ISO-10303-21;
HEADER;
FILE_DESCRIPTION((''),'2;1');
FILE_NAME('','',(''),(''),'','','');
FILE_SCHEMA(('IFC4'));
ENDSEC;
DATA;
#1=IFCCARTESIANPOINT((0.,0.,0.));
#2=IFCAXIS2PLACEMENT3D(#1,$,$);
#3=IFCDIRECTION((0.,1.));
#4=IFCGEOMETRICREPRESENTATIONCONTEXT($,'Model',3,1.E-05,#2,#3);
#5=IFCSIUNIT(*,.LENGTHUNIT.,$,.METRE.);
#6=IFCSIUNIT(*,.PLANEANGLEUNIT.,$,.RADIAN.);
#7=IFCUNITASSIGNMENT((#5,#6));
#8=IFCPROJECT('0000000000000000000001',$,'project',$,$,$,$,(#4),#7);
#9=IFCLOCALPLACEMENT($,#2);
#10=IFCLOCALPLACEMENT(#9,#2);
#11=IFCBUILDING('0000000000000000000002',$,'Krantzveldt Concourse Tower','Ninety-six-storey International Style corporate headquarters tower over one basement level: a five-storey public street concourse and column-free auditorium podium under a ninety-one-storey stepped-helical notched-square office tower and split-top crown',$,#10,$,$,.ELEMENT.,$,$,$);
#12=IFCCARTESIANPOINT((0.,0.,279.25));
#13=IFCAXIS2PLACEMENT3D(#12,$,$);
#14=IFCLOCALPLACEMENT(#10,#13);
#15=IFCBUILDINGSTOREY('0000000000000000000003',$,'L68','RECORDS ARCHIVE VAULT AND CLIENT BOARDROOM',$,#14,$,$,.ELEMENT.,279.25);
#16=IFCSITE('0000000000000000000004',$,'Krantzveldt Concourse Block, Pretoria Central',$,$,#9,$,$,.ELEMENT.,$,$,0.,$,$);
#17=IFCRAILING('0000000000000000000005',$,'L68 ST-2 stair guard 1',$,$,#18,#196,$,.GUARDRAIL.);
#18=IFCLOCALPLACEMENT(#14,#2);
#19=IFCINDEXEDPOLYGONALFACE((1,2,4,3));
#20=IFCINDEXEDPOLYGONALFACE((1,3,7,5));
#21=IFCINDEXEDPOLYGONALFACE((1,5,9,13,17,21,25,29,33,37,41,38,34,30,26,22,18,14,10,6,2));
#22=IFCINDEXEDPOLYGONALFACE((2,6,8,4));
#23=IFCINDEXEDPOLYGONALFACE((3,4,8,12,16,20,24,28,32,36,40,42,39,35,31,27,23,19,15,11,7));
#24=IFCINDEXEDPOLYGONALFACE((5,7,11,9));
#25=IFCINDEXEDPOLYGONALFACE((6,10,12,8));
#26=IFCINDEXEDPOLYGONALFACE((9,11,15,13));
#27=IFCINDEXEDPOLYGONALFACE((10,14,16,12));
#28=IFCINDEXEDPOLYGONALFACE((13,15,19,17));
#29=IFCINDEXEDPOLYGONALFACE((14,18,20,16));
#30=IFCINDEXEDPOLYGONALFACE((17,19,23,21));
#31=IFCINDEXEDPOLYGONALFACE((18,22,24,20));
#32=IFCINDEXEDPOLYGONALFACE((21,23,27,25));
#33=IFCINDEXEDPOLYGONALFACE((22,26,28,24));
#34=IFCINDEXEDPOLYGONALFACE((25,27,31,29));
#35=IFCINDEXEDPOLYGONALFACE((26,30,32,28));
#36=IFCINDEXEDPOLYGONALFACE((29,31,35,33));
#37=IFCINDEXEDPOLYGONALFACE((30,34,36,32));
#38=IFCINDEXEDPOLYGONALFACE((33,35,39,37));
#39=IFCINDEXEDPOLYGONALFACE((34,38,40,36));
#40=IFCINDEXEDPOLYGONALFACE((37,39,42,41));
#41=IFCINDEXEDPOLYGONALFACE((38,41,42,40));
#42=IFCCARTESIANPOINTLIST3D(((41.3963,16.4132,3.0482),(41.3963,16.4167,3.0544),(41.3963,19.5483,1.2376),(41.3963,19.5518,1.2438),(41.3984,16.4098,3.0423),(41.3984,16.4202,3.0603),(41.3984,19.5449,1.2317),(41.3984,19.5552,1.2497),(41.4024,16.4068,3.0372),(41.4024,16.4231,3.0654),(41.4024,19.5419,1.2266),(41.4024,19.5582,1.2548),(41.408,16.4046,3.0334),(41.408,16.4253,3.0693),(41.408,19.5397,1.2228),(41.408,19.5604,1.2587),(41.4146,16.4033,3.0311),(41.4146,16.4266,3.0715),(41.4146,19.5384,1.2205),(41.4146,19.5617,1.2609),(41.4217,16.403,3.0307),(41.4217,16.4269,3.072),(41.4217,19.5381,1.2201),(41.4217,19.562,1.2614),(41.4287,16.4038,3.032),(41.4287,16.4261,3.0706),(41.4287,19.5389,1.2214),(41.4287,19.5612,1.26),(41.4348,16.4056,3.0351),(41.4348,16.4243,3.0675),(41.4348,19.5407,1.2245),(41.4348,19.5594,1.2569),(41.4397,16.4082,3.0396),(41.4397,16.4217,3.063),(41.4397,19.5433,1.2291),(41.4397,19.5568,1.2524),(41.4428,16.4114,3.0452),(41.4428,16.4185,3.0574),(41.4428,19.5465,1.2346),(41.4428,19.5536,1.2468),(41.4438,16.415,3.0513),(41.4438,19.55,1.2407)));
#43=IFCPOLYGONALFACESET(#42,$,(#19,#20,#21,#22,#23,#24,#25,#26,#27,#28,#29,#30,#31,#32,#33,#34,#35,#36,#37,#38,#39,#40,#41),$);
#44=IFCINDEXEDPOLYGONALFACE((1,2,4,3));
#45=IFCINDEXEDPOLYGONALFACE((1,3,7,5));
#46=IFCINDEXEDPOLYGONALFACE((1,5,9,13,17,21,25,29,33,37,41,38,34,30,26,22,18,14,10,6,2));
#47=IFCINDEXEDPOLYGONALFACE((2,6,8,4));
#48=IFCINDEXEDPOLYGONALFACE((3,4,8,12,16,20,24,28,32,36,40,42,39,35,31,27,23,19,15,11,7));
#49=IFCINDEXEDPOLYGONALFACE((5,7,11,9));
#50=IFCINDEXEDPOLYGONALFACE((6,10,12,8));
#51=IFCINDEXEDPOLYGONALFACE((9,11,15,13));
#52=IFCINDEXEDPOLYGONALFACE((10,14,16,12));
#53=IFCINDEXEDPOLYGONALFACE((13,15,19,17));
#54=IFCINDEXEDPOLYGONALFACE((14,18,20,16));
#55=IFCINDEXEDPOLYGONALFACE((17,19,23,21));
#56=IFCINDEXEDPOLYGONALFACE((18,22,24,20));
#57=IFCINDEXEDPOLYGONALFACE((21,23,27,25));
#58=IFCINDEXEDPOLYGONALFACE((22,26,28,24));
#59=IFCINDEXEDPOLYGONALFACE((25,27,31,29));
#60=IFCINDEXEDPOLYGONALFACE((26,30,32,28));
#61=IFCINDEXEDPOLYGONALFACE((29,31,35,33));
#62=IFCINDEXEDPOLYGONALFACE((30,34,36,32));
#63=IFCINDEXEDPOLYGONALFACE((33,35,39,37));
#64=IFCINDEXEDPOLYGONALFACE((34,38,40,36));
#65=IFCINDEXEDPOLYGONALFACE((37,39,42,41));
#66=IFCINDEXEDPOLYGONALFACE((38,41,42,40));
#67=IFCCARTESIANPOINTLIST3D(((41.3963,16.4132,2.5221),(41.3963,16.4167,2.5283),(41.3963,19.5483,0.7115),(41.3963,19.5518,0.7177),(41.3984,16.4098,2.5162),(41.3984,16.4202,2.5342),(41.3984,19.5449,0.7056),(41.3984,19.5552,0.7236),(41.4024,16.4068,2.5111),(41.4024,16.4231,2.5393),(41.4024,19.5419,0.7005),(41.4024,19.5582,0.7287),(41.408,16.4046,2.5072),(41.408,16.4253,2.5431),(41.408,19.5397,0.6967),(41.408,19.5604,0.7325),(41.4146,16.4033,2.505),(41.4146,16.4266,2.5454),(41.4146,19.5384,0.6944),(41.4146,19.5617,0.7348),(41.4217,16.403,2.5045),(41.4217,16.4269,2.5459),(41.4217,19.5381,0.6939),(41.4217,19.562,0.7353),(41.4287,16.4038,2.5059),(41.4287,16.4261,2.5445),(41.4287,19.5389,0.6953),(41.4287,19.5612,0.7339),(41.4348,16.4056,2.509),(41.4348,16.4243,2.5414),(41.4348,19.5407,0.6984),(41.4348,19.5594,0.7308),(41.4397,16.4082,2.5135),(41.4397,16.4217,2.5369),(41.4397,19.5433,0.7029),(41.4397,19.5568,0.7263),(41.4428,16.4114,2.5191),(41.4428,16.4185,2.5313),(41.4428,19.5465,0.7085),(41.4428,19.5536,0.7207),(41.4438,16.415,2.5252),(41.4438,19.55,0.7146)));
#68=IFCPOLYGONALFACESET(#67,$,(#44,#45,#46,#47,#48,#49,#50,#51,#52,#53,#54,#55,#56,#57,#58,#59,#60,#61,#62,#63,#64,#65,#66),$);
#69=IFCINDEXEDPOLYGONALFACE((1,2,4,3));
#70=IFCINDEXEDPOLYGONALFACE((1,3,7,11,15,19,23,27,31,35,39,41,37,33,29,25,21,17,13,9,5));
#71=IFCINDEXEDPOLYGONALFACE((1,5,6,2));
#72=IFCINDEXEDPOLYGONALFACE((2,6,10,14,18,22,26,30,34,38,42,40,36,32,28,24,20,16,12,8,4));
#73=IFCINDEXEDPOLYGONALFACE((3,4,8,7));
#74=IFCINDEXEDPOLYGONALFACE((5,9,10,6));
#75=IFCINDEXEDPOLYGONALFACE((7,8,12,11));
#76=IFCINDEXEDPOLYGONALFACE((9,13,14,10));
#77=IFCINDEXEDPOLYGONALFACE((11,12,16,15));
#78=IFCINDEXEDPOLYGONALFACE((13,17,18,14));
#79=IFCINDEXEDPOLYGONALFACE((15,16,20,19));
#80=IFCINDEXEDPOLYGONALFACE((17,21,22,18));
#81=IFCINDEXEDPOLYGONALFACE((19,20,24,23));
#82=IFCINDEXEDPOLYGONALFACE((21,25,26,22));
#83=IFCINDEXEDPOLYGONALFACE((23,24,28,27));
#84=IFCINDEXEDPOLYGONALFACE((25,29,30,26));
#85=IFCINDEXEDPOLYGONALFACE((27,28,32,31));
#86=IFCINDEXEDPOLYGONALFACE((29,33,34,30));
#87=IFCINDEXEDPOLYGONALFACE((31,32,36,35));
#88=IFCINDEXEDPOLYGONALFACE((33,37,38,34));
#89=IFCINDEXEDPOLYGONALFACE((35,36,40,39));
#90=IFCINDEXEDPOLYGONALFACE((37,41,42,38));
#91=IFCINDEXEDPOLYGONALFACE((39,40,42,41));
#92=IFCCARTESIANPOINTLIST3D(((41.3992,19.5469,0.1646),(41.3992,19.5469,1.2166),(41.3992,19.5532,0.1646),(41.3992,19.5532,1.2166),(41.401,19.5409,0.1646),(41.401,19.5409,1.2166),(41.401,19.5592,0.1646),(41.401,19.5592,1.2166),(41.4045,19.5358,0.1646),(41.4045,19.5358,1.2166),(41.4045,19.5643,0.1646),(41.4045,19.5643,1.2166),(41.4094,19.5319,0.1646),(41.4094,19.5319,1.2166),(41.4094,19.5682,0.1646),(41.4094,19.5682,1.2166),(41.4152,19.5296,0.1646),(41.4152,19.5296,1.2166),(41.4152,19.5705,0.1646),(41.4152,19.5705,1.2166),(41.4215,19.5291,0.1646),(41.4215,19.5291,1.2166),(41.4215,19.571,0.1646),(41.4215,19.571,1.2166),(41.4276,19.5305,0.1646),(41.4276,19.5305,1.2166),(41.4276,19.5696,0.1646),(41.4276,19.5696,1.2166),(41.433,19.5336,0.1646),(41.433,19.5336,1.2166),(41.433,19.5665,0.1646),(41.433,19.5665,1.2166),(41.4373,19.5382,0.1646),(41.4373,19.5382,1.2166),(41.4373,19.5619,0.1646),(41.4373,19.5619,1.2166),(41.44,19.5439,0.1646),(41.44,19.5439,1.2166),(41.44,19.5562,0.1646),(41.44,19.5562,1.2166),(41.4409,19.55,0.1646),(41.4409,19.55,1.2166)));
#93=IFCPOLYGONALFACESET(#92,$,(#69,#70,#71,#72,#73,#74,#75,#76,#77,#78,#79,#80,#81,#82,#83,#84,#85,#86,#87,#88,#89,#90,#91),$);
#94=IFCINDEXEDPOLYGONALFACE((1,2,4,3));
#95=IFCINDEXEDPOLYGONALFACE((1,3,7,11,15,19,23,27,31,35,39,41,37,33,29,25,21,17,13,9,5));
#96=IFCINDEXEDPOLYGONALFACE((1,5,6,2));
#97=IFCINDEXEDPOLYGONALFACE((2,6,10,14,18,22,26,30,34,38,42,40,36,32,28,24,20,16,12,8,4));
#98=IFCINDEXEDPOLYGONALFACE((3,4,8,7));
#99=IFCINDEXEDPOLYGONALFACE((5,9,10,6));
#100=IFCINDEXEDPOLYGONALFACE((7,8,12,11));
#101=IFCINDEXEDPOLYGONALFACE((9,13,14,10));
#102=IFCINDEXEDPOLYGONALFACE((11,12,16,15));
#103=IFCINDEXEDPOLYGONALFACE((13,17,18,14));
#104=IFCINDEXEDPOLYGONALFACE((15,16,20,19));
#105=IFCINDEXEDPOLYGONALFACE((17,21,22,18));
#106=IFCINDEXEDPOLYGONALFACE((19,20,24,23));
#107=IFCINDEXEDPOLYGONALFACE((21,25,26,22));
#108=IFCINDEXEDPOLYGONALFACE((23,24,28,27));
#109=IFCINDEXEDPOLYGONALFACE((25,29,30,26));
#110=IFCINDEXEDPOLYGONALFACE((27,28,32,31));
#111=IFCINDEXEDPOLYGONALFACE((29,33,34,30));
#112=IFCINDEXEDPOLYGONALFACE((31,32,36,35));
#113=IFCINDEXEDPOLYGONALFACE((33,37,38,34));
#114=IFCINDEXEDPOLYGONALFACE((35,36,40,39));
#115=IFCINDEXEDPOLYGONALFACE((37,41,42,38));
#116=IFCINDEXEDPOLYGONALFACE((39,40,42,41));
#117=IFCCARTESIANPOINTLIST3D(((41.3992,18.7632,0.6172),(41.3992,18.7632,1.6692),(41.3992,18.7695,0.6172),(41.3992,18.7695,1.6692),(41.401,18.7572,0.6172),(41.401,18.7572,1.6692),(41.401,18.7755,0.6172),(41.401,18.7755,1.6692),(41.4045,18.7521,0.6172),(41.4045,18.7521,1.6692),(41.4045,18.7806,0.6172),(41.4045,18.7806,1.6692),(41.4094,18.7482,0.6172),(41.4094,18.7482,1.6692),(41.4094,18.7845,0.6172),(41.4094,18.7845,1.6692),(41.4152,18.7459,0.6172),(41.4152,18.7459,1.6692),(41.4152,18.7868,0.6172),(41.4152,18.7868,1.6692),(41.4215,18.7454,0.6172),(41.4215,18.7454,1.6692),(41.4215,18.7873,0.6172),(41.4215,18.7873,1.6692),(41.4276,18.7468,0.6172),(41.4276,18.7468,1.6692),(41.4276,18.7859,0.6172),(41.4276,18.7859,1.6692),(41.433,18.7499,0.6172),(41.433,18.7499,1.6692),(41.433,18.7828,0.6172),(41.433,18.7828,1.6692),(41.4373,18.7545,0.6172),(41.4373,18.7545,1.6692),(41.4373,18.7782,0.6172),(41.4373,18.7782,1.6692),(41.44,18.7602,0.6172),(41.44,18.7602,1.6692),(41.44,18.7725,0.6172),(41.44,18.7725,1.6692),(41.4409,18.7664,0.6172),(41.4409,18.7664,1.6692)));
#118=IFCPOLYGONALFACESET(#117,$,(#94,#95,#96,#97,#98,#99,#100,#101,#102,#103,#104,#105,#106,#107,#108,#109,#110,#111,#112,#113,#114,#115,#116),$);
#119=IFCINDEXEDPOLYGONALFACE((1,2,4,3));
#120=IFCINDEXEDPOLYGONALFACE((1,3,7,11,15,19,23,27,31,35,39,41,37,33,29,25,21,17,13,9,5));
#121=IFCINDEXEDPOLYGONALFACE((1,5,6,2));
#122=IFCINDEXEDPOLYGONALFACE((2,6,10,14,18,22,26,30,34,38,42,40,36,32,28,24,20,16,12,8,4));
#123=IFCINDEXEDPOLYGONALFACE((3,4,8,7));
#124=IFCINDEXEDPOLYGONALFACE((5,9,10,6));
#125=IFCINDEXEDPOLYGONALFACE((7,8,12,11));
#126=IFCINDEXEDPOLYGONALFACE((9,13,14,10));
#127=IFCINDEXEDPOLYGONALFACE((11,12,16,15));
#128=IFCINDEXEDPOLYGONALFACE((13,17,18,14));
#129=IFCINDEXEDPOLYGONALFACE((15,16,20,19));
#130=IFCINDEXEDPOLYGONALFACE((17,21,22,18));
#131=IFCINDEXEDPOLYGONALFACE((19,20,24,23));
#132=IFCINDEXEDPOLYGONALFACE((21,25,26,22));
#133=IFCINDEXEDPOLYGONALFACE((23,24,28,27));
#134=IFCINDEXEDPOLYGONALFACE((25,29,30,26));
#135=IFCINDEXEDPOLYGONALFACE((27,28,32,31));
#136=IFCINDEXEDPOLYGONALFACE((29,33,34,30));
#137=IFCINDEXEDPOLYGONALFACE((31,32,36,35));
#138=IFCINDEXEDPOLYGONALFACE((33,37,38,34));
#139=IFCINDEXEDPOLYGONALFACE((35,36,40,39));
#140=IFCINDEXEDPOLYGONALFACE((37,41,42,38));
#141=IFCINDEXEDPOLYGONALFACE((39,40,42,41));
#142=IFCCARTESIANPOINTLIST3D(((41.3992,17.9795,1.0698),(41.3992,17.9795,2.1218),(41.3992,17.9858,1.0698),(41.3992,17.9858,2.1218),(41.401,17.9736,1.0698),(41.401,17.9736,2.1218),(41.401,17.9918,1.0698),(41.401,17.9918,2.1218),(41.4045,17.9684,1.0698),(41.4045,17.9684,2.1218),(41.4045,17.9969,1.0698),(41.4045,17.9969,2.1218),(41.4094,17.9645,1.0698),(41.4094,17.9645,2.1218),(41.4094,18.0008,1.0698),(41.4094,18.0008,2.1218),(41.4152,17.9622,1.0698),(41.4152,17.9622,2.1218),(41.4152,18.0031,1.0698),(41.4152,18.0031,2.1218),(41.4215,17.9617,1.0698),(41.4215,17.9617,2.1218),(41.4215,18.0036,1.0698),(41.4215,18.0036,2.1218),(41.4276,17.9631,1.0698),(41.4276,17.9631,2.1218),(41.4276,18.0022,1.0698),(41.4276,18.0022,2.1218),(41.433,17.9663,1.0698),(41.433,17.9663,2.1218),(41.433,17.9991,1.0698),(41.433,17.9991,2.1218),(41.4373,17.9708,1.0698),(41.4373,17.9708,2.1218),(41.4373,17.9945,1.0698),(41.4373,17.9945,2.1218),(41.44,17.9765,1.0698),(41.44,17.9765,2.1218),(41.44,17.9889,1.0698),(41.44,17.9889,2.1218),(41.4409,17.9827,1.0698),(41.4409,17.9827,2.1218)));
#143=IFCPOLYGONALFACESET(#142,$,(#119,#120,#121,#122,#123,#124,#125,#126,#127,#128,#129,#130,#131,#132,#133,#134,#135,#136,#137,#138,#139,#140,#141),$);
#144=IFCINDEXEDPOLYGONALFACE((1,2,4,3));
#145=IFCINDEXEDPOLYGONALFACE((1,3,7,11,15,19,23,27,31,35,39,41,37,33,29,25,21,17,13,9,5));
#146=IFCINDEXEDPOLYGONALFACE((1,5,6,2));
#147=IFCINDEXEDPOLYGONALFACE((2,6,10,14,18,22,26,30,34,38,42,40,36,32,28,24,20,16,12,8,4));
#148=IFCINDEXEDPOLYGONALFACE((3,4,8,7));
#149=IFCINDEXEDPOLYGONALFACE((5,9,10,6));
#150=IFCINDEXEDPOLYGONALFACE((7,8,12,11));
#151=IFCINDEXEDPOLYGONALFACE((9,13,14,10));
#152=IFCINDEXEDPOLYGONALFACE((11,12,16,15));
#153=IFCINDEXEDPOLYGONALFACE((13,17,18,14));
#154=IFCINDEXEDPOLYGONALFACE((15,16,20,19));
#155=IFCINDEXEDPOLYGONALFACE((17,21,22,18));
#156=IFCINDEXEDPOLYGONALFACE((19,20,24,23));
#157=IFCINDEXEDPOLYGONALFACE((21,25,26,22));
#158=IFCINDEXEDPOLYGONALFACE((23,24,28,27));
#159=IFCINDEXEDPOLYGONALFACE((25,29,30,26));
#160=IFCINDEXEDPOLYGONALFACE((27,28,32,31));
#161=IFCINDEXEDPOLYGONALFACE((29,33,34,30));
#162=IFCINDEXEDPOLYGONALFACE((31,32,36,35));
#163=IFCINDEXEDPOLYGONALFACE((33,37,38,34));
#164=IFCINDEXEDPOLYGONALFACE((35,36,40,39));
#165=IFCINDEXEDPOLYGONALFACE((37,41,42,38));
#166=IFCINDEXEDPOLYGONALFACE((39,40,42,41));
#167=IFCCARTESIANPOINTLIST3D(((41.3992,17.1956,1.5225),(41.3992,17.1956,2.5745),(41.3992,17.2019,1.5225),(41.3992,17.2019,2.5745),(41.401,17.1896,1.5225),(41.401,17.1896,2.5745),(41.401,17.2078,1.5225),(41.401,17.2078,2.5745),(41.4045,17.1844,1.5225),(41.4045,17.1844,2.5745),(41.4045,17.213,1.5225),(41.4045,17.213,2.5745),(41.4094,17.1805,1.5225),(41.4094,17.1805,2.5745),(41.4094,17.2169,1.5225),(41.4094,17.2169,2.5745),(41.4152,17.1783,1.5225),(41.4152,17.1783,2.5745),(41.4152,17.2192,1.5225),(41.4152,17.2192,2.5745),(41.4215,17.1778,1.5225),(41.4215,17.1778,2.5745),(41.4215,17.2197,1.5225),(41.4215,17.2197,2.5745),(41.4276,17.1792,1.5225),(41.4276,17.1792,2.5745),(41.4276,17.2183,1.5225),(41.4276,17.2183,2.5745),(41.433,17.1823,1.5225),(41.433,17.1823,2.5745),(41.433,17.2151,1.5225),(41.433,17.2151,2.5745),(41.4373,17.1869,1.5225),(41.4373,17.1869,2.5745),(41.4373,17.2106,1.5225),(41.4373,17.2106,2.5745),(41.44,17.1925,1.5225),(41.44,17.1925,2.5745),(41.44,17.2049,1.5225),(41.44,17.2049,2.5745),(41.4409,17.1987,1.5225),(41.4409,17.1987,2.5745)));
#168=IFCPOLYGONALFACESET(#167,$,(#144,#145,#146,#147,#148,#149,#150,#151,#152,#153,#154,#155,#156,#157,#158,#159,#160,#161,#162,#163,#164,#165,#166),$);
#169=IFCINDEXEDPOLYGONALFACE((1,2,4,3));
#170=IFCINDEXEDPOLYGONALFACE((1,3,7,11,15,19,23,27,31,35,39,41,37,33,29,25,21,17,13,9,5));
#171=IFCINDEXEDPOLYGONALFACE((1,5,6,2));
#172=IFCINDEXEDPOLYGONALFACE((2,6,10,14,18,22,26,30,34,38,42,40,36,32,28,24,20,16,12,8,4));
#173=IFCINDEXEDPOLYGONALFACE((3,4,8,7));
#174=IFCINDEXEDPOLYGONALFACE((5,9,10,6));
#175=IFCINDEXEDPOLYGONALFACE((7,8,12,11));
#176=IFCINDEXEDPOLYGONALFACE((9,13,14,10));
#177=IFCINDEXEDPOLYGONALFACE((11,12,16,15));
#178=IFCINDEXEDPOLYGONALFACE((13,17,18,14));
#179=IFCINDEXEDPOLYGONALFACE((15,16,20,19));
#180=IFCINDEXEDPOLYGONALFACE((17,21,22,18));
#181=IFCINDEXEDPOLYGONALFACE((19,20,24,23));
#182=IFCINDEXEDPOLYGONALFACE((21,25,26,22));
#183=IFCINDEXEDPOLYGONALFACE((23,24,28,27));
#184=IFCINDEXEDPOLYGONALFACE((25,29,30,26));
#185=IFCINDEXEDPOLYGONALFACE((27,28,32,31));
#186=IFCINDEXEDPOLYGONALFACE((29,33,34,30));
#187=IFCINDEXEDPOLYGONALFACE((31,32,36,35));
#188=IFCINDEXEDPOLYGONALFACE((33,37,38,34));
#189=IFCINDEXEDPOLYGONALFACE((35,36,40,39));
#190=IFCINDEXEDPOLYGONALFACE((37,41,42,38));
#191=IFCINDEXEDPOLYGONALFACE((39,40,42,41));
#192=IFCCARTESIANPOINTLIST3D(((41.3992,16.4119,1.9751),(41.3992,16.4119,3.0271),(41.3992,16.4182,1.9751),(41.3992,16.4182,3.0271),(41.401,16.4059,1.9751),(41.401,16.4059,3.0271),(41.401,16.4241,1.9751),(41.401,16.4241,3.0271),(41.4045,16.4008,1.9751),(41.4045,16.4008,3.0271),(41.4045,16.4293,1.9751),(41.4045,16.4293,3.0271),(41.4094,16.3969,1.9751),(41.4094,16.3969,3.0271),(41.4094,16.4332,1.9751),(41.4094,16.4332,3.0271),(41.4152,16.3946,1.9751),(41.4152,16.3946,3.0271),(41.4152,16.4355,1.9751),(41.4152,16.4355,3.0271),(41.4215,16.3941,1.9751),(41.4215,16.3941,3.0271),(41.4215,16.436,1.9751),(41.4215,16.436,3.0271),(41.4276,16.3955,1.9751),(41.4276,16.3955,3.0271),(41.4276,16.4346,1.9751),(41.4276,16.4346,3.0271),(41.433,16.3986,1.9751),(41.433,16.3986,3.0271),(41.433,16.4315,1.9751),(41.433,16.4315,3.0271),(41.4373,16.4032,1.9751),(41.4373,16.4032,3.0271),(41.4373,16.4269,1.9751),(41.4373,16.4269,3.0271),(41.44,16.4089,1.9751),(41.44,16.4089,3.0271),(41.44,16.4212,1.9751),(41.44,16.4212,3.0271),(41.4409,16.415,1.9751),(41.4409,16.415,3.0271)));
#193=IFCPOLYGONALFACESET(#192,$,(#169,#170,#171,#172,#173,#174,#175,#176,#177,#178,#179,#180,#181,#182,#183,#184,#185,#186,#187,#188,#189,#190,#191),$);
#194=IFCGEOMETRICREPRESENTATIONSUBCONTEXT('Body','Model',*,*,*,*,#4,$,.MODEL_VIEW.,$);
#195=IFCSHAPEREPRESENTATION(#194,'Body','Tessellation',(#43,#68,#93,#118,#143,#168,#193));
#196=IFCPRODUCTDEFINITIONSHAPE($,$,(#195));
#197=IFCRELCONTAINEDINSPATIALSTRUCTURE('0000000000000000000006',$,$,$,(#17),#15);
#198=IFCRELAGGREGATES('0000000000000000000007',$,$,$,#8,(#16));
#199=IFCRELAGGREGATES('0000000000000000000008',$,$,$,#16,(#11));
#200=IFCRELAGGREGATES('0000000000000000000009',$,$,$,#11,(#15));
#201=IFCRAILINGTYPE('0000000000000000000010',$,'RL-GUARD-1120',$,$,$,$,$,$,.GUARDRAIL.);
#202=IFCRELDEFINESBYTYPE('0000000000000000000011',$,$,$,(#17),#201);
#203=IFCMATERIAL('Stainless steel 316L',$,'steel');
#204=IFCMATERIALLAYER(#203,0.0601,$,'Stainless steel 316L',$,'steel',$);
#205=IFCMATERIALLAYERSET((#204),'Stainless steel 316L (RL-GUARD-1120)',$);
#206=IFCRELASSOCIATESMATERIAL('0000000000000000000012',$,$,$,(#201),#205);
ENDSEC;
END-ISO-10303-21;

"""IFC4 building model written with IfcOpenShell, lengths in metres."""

from ifc_helpers import new_model, si_unit, direction, frame, origin, origin_2d, place, context, subcontext, project, spatial, circle, extrude, material, layer, layer_set, type_object, element, save


model = new_model("IFC4")

# Units and contexts
model_context = context("Model", 3, precision=1e-05, world=origin(), true_north=direction((0.0, 1.0)))
body_context = subcontext(model_context, "Body", "Model", "MODEL_VIEW")
ifc_project = project(units=[si_unit("LENGTHUNIT", "METRE"), si_unit("PLANEANGLEUNIT", "RADIAN")], contexts=[model_context])

# Site, building, storey
site_placement = place(None, origin())
site = spatial("IfcSite", under=ifc_project, at=site_placement, Name="Krantzveldt Concourse Block, Pretoria Central", CompositionType="ELEMENT", RefElevation=0.0)
building_placement = place(site_placement, origin())
building = spatial("IfcBuilding", under=site, at=building_placement, Name="Krantzveldt Concourse Tower", Description="Ninety-six-storey International Style corporate headquarters tower over one basement level: a five-storey public street concourse and column-free auditorium podium under a ninety-one-storey stepped-helical notched-square office tower and split-top crown", CompositionType="ELEMENT")
storey_placement = place(building_placement, frame((0.0, 0.0, 279.25)))
storey = spatial("IfcBuildingStorey", under=building, at=storey_placement, Name="L68", Description="RECORDS ARCHIVE VAULT AND CLIENT BOARDROOM", CompositionType="ELEMENT", Elevation=279.25)

# Shared definitions
ifc_material_1 = material(Name="Stainless steel 316L", Category="steel")

# Railing
ifc_layer_1 = layer(ifc_material_1, 0.0601, Name="Stainless steel 316L", Category="steel")
ifc_layer_set_1 = layer_set([ifc_layer_1], Name="Stainless steel 316L (RL-GUARD-1120)")
railing_type_1 = type_object("IfcRailingType", Name="RL-GUARD-1120", PredefinedType="GUARDRAIL", material=ifc_layer_set_1)
railing_1_placement = place(storey_placement, frame((41.4199, 19.55, 0.1646)))
element("IfcRailing", 1, at=railing_1_placement, inside=storey, type_object=railing_type_1, Name="L68 ST-2 stair guard 1", PredefinedType="GUARDRAIL", context=body_context, shape_type="SweptSolid", body=[
    extrude(circle(Radius=0.0239, at=origin_2d()), frame((0.0, 0.0, 1.0762), z_axis=(0.0, -0.86596, 0.500114), x_axis=(1.0, 0.0, 0.0)), (0.0, 0.0, 1.0), 3.6204),
    extrude(circle(Radius=0.0239, at=origin_2d()), frame((0.0, 0.0, 0.55), z_axis=(0.0, -0.86596, 0.500114), x_axis=(1.0, 0.0, 0.0)), (0.0, 0.0, 1.0), 3.6204),
    extrude(circle(Radius=0.021, at=origin_2d()), origin(), (0.0, 0.0, 1.0), 1.052),
    extrude(circle(Radius=0.021, at=origin_2d()), frame((0.0, -0.7837, 0.4526)), (0.0, 0.0, 1.0), 1.052),
    extrude(circle(Radius=0.021, at=origin_2d()), frame((0.0, -1.5674, 0.9053)), (0.0, 0.0, 1.0), 1.052),
    extrude(circle(Radius=0.021, at=origin_2d()), frame((0.0, -2.3513, 1.3579)), (0.0, 0.0, 1.0), 1.052),
    extrude(circle(Radius=0.021, at=origin_2d()), frame((0.0, -3.135, 1.8105)), (0.0, 0.0, 1.0), 1.052),
])

save(model, "model.ifc")
